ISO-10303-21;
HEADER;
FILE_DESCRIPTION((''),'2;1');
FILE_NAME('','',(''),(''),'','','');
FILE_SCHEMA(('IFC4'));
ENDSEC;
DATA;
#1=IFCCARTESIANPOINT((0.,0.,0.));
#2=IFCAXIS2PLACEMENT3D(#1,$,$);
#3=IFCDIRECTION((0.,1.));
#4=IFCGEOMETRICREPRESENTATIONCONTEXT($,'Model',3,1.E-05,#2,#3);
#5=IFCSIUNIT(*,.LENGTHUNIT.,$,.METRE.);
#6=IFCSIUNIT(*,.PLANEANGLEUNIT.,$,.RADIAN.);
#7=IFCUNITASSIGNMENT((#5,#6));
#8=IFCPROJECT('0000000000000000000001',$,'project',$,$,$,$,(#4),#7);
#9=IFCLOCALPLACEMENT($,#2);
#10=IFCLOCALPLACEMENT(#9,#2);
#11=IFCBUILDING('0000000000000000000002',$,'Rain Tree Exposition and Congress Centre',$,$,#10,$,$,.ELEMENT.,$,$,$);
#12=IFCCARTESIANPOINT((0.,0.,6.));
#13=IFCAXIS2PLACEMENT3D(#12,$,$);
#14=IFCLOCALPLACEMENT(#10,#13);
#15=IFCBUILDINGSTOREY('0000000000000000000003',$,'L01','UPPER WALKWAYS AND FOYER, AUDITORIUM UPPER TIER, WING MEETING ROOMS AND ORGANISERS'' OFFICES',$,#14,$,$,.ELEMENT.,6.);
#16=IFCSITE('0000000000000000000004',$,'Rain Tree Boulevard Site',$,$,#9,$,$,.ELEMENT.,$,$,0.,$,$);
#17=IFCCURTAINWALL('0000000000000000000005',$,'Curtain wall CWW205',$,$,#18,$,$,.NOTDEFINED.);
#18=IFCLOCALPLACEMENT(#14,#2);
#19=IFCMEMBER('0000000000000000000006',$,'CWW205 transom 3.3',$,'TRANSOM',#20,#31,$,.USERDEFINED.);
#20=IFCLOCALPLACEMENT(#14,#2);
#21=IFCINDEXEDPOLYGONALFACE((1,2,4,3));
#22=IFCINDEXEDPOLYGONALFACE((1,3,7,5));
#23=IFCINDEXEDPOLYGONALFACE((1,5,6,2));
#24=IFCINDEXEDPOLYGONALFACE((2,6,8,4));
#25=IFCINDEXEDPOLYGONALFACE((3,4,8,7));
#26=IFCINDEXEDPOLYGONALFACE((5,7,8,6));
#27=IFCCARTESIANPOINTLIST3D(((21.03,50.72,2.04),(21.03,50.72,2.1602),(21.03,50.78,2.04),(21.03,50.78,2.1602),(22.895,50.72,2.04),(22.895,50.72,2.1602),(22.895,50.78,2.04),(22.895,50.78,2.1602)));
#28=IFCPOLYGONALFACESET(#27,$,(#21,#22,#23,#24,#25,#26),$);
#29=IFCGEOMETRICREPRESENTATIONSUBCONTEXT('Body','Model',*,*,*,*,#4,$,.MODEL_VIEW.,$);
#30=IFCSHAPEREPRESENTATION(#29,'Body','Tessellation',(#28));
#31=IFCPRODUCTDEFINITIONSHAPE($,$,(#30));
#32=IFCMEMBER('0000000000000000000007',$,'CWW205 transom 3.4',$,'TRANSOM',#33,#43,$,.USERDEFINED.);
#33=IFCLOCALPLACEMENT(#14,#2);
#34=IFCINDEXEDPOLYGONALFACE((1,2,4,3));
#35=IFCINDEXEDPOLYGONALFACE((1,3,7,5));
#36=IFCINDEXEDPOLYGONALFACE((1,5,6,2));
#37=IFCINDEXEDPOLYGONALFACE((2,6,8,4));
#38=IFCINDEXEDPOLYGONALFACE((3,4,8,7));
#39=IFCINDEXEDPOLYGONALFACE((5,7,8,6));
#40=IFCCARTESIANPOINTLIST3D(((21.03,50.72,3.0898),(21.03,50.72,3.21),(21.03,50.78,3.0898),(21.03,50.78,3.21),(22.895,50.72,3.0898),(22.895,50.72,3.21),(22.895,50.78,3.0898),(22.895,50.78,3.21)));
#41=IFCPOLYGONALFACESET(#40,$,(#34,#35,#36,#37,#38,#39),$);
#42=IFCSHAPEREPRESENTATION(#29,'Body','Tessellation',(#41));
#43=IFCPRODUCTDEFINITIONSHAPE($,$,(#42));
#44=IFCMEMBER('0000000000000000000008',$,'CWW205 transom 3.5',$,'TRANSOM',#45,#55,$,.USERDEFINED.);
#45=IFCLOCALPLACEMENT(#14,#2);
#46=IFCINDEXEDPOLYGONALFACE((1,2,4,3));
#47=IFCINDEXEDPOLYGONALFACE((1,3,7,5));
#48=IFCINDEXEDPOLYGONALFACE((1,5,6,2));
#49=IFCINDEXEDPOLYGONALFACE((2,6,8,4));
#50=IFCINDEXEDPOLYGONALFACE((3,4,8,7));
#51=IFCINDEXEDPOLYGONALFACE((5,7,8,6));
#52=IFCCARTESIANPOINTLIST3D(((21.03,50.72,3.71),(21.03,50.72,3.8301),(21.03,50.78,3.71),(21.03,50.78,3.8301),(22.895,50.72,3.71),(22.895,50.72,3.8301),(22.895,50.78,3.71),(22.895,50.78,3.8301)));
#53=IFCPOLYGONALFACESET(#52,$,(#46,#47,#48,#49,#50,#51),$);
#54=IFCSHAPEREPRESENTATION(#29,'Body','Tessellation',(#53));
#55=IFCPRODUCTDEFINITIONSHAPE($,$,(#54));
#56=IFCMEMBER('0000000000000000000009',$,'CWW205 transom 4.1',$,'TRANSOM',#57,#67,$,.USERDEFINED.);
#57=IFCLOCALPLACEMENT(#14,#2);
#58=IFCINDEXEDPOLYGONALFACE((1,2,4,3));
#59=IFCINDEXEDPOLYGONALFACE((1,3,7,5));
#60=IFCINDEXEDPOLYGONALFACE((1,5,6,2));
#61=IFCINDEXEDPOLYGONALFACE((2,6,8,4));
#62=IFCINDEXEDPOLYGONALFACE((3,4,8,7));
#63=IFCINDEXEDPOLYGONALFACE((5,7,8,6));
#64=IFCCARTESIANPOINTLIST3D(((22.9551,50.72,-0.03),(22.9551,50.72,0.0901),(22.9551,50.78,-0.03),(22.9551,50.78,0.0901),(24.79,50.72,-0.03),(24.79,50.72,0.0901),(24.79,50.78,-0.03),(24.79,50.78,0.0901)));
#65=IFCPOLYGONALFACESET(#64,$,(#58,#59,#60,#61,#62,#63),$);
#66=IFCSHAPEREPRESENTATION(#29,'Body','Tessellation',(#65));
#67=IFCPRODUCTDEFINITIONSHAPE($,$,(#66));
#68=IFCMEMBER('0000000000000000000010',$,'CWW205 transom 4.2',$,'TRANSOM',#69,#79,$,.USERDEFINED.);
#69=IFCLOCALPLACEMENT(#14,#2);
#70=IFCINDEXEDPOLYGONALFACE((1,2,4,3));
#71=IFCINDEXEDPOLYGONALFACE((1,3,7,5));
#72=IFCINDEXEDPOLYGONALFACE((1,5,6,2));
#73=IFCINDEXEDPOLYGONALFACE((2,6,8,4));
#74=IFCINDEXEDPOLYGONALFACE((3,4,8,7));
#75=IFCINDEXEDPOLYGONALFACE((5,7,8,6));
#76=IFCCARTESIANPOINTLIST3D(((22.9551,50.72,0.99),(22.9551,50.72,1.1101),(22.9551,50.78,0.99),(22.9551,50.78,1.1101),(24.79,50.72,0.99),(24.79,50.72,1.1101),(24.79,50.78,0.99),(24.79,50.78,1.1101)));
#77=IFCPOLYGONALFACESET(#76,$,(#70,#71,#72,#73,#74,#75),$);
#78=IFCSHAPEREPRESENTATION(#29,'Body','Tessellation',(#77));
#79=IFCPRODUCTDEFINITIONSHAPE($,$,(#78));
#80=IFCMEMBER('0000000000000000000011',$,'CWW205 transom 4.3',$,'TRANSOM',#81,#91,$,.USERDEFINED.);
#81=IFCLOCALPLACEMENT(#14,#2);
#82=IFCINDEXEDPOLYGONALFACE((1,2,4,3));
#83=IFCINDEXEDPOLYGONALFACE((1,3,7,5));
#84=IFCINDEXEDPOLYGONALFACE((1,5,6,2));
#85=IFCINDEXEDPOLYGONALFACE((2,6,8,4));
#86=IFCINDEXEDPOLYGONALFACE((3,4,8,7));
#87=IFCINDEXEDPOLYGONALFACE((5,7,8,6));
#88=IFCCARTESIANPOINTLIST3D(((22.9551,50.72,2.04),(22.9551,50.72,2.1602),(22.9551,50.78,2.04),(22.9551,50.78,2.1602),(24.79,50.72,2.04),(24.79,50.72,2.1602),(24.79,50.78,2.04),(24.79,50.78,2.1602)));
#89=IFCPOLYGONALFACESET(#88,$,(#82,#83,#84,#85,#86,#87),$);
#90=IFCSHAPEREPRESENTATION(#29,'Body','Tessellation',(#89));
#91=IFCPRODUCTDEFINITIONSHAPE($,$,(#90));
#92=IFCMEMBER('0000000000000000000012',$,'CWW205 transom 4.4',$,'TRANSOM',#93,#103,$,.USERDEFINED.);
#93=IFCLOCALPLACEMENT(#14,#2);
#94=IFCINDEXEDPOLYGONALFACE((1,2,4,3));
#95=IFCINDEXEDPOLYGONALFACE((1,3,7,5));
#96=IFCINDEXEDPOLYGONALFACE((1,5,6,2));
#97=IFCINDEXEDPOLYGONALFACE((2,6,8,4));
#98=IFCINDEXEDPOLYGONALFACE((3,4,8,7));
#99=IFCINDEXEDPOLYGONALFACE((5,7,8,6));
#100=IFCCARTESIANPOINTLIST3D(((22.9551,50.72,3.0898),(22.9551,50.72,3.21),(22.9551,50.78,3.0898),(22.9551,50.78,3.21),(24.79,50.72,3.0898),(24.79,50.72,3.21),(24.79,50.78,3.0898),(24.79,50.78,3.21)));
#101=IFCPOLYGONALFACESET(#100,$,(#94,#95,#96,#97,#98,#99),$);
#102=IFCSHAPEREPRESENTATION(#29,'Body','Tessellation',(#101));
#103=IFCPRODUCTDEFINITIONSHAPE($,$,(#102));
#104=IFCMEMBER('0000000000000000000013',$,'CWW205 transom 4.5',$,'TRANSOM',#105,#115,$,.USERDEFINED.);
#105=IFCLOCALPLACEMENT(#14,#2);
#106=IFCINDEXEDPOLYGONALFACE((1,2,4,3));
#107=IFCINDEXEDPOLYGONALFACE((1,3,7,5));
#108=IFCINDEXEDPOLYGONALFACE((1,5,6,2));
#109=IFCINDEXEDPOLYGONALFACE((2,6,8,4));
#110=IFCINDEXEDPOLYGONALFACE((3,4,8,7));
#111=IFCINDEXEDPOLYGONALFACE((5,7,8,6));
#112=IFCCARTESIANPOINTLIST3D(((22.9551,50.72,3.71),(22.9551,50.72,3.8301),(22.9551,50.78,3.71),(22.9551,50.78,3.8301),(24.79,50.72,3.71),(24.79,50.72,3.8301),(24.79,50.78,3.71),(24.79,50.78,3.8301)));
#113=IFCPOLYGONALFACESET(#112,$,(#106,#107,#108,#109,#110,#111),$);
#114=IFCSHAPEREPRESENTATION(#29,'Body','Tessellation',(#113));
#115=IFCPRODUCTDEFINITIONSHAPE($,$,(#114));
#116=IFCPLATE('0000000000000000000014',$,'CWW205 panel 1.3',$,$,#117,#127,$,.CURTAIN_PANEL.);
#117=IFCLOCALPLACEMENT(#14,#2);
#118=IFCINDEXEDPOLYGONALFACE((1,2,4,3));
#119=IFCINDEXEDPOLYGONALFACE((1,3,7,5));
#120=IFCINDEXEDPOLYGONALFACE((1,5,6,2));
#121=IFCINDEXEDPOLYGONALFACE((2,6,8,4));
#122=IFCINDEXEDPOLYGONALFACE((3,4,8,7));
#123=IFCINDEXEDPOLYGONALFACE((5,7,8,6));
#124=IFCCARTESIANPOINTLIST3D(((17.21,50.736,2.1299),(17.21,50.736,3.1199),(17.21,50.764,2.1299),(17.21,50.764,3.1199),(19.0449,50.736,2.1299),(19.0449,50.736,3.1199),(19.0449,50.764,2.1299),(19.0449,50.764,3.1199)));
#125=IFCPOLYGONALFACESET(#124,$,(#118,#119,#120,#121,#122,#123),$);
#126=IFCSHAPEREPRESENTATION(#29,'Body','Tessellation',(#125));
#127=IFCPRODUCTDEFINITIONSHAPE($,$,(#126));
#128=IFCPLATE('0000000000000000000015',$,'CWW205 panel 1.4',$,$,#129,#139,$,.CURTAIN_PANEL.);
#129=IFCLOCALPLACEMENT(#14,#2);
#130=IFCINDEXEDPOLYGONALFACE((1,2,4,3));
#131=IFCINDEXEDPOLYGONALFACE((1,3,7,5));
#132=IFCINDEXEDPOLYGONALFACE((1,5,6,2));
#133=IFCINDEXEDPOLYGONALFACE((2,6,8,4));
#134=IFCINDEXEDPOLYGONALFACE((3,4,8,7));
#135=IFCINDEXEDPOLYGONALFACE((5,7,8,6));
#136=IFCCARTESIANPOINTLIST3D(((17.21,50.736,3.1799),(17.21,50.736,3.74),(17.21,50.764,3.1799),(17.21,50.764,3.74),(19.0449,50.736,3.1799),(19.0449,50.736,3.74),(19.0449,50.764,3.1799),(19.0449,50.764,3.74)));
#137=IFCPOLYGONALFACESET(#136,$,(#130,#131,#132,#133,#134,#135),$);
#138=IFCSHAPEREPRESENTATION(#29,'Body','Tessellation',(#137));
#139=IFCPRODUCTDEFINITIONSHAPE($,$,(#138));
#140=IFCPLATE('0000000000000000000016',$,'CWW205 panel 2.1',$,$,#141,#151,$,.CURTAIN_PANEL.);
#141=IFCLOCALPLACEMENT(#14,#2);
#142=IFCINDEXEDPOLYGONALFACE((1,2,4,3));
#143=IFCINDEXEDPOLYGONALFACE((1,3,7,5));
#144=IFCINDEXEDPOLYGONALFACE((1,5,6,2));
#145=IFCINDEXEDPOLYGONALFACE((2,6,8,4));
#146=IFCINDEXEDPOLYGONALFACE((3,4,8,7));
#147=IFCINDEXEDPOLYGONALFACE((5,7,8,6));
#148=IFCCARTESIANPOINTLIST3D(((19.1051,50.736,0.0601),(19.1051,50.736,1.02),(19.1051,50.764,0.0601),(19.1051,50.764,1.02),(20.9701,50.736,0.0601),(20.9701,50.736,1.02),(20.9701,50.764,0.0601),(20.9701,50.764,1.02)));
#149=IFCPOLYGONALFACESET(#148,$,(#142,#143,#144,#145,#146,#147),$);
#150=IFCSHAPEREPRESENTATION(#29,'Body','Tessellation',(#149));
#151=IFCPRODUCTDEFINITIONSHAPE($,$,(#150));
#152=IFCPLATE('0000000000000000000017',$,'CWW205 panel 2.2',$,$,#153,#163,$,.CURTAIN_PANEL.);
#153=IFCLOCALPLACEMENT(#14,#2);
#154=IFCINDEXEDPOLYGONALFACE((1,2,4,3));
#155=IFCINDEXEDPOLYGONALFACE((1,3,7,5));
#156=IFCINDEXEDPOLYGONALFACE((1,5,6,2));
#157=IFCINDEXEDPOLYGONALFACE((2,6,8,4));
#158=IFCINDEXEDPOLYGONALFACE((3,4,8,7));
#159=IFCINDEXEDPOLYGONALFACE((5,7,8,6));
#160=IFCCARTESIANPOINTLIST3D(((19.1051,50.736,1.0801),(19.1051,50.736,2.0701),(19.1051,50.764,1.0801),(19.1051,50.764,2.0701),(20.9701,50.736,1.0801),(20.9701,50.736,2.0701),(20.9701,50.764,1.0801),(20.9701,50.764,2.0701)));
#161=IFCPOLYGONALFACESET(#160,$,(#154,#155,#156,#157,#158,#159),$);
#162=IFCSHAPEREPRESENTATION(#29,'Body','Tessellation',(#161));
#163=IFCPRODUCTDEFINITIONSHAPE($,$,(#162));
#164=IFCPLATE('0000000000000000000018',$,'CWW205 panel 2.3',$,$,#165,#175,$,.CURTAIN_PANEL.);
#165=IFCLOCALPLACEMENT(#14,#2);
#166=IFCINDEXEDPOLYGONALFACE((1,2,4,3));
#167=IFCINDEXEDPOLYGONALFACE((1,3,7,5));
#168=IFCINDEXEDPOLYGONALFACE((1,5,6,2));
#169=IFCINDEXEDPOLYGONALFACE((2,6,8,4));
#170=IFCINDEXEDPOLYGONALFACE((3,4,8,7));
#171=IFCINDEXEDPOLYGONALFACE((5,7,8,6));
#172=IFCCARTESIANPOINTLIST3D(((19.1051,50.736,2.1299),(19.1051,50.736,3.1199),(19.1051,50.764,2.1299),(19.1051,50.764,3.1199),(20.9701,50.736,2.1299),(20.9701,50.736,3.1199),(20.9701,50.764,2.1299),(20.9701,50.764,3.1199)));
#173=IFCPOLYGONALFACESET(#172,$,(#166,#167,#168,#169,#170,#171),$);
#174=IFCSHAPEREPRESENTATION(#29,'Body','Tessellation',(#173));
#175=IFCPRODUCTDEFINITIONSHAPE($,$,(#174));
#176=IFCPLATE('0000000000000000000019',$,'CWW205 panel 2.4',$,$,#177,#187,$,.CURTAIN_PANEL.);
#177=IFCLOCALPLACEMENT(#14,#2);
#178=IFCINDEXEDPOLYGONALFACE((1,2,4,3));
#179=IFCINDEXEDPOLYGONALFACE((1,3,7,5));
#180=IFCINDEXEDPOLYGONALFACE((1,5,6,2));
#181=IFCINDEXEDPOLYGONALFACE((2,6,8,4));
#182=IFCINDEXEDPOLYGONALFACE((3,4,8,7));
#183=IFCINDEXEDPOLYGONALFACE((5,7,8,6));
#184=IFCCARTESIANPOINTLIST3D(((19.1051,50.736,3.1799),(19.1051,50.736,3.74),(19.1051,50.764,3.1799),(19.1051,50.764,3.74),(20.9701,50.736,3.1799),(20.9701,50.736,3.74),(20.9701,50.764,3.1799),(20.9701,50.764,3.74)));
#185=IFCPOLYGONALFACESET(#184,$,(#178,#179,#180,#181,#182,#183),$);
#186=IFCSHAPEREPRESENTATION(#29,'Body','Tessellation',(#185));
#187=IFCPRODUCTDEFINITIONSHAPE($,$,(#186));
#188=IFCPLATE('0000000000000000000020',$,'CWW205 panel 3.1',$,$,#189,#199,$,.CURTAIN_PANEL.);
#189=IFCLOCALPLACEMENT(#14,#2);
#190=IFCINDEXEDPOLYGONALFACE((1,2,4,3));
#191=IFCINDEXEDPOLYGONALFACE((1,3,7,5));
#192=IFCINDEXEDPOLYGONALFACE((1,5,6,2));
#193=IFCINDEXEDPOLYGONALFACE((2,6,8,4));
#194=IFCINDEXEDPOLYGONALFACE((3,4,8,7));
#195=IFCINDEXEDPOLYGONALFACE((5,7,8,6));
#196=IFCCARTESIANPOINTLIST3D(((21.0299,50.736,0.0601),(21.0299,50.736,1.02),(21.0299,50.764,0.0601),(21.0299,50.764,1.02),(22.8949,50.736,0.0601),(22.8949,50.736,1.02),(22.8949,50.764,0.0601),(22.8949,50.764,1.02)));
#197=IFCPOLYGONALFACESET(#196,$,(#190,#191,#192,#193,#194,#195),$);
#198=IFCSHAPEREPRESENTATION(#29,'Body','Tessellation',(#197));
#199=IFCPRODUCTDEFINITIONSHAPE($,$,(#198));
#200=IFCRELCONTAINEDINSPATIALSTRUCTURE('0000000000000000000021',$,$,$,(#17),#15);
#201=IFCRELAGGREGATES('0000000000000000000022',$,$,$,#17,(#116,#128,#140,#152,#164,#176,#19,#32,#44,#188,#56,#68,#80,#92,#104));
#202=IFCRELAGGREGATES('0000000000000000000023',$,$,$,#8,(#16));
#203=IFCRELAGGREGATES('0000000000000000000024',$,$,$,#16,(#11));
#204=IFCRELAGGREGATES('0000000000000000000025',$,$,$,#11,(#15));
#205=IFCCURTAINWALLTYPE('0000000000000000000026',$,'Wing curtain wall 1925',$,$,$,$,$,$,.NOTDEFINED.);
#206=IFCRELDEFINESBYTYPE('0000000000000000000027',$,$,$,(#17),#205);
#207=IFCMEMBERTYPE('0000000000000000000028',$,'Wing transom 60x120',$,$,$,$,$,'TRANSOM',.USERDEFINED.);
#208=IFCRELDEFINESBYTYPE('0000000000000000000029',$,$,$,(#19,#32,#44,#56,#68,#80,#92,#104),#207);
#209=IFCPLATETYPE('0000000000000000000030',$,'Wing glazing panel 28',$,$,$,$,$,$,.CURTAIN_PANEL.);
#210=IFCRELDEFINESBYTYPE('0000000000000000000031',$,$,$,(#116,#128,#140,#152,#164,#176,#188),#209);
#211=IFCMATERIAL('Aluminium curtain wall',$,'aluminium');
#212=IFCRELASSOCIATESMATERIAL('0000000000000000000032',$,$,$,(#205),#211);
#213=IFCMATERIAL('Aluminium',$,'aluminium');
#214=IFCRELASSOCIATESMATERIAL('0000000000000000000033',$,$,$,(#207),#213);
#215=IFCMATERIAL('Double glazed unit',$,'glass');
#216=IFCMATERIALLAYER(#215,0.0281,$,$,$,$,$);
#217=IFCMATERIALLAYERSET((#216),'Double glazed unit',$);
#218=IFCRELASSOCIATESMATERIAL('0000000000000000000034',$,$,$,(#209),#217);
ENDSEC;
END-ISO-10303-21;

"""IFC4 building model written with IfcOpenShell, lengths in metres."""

from ifc_helpers import new_model, si_unit, direction, frame, origin, origin_2d, place, context, subcontext, project, spatial, rectangle, extrude, material, layer, layer_set, material_profile, profile_set, type_object, element, aggregate, save


model = new_model("IFC4")

# Units and contexts
model_context = context("Model", 3, precision=1e-05, world=origin(), true_north=direction((0.0, 1.0)))
body_context = subcontext(model_context, "Body", "Model", "MODEL_VIEW")
ifc_project = project(units=[si_unit("LENGTHUNIT", "METRE"), si_unit("PLANEANGLEUNIT", "RADIAN")], contexts=[model_context])

# Site, building, storey
site_placement = place(None, origin())
site = spatial("IfcSite", under=ifc_project, at=site_placement, Name="Rain Tree Boulevard Site", CompositionType="ELEMENT", RefElevation=0.0)
building_placement = place(site_placement, origin())
building = spatial("IfcBuilding", under=site, at=building_placement, Name="Rain Tree Exposition and Congress Centre", CompositionType="ELEMENT")
storey_placement = place(building_placement, frame((0.0, 0.0, 6.0)))
storey = spatial("IfcBuildingStorey", under=building, at=storey_placement, Name="L01", Description="UPPER WALKWAYS AND FOYER, AUDITORIUM UPPER TIER, WING MEETING ROOMS AND ORGANISERS' OFFICES", CompositionType="ELEMENT", Elevation=6.0)

# Curtain wall, members, plates
ifc_material_1 = material(Name="Aluminium curtain wall", Category="aluminium")
curtain_wall_type = type_object("IfcCurtainWallType", Name="Wing curtain wall 1925", PredefinedType="NOTDEFINED", material=ifc_material_1)
curtain_wall_placement = place(storey_placement, origin())
curtain_wall = element("IfcCurtainWall", 1, at=curtain_wall_placement, inside=storey, type_object=curtain_wall_type, Name="Curtain wall CWW205", PredefinedType="NOTDEFINED")
ifc_material_2 = material(Name="Aluminium", Category="aluminium")
ifc_material_profile_1 = material_profile(ifc_material_2, rectangle(XDim=0.0601, YDim=0.1201, at=origin_2d()), Name="Aluminium 60x120")
ifc_profile_set_1 = profile_set([ifc_material_profile_1], Name="Aluminium")
member_type_1 = type_object("IfcMemberType", Name="Wing transom 60x120", ElementType="TRANSOM", PredefinedType="USERDEFINED", material=ifc_profile_set_1)
member_1_placement = place(storey_placement, frame((21.03, 50.75, 2.1001), z_axis=(1.0, 0.0, 0.0), x_axis=(0.0, 1.0, 0.0)))
member_1 = element("IfcMember", 2, at=member_1_placement, type_object=member_type_1, Name="CWW205 transom 3.3", ObjectType="TRANSOM", PredefinedType="USERDEFINED", context=body_context, shape_type="SweptSolid", body=[
    extrude(rectangle(XDim=0.0601, YDim=0.1201, at=origin_2d()), origin(), (0.0, 0.0, 1.0), 1.865),
])
member_2_placement = place(storey_placement, frame((21.03, 50.75, 3.1499), z_axis=(1.0, 0.0, 0.0), x_axis=(0.0, 1.0, 0.0)))
member_2 = element("IfcMember", 3, at=member_2_placement, type_object=member_type_1, Name="CWW205 transom 3.4", ObjectType="TRANSOM", PredefinedType="USERDEFINED", context=body_context, shape_type="SweptSolid", body=[
    extrude(rectangle(XDim=0.0601, YDim=0.1201, at=origin_2d()), origin(), (0.0, 0.0, 1.0), 1.865),
])
member_3_placement = place(storey_placement, frame((21.03, 50.75, 3.77), z_axis=(1.0, 0.0, 0.0), x_axis=(0.0, 1.0, 0.0)))
member_3 = element("IfcMember", 4, at=member_3_placement, type_object=member_type_1, Name="CWW205 transom 3.5", ObjectType="TRANSOM", PredefinedType="USERDEFINED", context=body_context, shape_type="SweptSolid", body=[
    extrude(rectangle(XDim=0.0601, YDim=0.1201, at=origin_2d()), origin(), (0.0, 0.0, 1.0), 1.865),
])
member_4_placement = place(storey_placement, frame((22.9551, 50.75, 0.03), z_axis=(1.0, 0.0, 0.0), x_axis=(0.0, 1.0, 0.0)))
member_4 = element("IfcMember", 5, at=member_4_placement, type_object=member_type_1, Name="CWW205 transom 4.1", ObjectType="TRANSOM", PredefinedType="USERDEFINED", context=body_context, shape_type="SweptSolid", body=[
    extrude(rectangle(XDim=0.0601, YDim=0.1201, at=origin_2d()), origin(), (0.0, 0.0, 1.0), 1.835),
])
member_5_placement = place(storey_placement, frame((22.9551, 50.75, 1.05), z_axis=(1.0, 0.0, 0.0), x_axis=(0.0, 1.0, 0.0)))
member_5 = element("IfcMember", 6, at=member_5_placement, type_object=member_type_1, Name="CWW205 transom 4.2", ObjectType="TRANSOM", PredefinedType="USERDEFINED", context=body_context, shape_type="SweptSolid", body=[
    extrude(rectangle(XDim=0.0601, YDim=0.1201, at=origin_2d()), origin(), (0.0, 0.0, 1.0), 1.835),
])
member_6_placement = place(storey_placement, frame((22.9551, 50.75, 2.1001), z_axis=(1.0, 0.0, 0.0), x_axis=(0.0, 1.0, 0.0)))
member_6 = element("IfcMember", 7, at=member_6_placement, type_object=member_type_1, Name="CWW205 transom 4.3", ObjectType="TRANSOM", PredefinedType="USERDEFINED", context=body_context, shape_type="SweptSolid", body=[
    extrude(rectangle(XDim=0.0601, YDim=0.1201, at=origin_2d()), origin(), (0.0, 0.0, 1.0), 1.835),
])
member_7_placement = place(storey_placement, frame((22.9551, 50.75, 3.1499), z_axis=(1.0, 0.0, 0.0), x_axis=(0.0, 1.0, 0.0)))
member_7 = element("IfcMember", 8, at=member_7_placement, type_object=member_type_1, Name="CWW205 transom 4.4", ObjectType="TRANSOM", PredefinedType="USERDEFINED", context=body_context, shape_type="SweptSolid", body=[
    extrude(rectangle(XDim=0.0601, YDim=0.1201, at=origin_2d()), origin(), (0.0, 0.0, 1.0), 1.835),
])
member_8_placement = place(storey_placement, frame((22.9551, 50.75, 3.77), z_axis=(1.0, 0.0, 0.0), x_axis=(0.0, 1.0, 0.0)))
member_8 = element("IfcMember", 9, at=member_8_placement, type_object=member_type_1, Name="CWW205 transom 4.5", ObjectType="TRANSOM", PredefinedType="USERDEFINED", context=body_context, shape_type="SweptSolid", body=[
    extrude(rectangle(XDim=0.0601, YDim=0.1201, at=origin_2d()), origin(), (0.0, 0.0, 1.0), 1.835),
])
ifc_material_3 = material(Name="Double glazed unit", Category="glass")
ifc_layer_1 = layer(ifc_material_3, 0.0281)
ifc_layer_set_1 = layer_set([ifc_layer_1], Name="Double glazed unit")
plate_type = type_object("IfcPlateType", Name="Wing glazing panel 28", PredefinedType="CURTAIN_PANEL", material=ifc_layer_set_1)
plate_1_placement = place(storey_placement, frame((18.1274, 50.75, 2.1299), z_axis=(0.0, 0.0, 1.0), x_axis=(1.0, 0.0, 0.0)))
plate_1 = element("IfcPlate", 10, at=plate_1_placement, type_object=plate_type, Name="CWW205 panel 1.3", PredefinedType="CURTAIN_PANEL", context=body_context, shape_type="SweptSolid", body=[
    extrude(rectangle(XDim=1.835, YDim=0.0281, at=origin_2d()), origin(), (0.0, 0.0, 1.0), 0.99),
])
plate_2_placement = place(storey_placement, frame((18.1274, 50.75, 3.1799), z_axis=(0.0, 0.0, 1.0), x_axis=(1.0, 0.0, 0.0)))
plate_2 = element("IfcPlate", 11, at=plate_2_placement, type_object=plate_type, Name="CWW205 panel 1.4", PredefinedType="CURTAIN_PANEL", context=body_context, shape_type="SweptSolid", body=[
    extrude(rectangle(XDim=1.835, YDim=0.0281, at=origin_2d()), origin(), (0.0, 0.0, 1.0), 0.5601),
])
plate_3_placement = place(storey_placement, frame((20.0376, 50.75, 0.0601), z_axis=(0.0, 0.0, 1.0), x_axis=(1.0, 0.0, 0.0)))
plate_3 = element("IfcPlate", 12, at=plate_3_placement, type_object=plate_type, Name="CWW205 panel 2.1", PredefinedType="CURTAIN_PANEL", context=body_context, shape_type="SweptSolid", body=[
    extrude(rectangle(XDim=1.865, YDim=0.0281, at=origin_2d()), origin(), (0.0, 0.0, 1.0), 0.96),
])
plate_4_placement = place(storey_placement, frame((20.0376, 50.75, 1.0801), z_axis=(0.0, 0.0, 1.0), x_axis=(1.0, 0.0, 0.0)))
plate_4 = element("IfcPlate", 13, at=plate_4_placement, type_object=plate_type, Name="CWW205 panel 2.2", PredefinedType="CURTAIN_PANEL", context=body_context, shape_type="SweptSolid", body=[
    extrude(rectangle(XDim=1.865, YDim=0.0281, at=origin_2d()), origin(), (0.0, 0.0, 1.0), 0.99),
])
plate_5_placement = place(storey_placement, frame((20.0376, 50.75, 2.1299), z_axis=(0.0, 0.0, 1.0), x_axis=(1.0, 0.0, 0.0)))
plate_5 = element("IfcPlate", 14, at=plate_5_placement, type_object=plate_type, Name="CWW205 panel 2.3", PredefinedType="CURTAIN_PANEL", context=body_context, shape_type="SweptSolid", body=[
    extrude(rectangle(XDim=1.865, YDim=0.0281, at=origin_2d()), origin(), (0.0, 0.0, 1.0), 0.99),
])
plate_6_placement = place(storey_placement, frame((20.0376, 50.75, 3.1799), z_axis=(0.0, 0.0, 1.0), x_axis=(1.0, 0.0, 0.0)))
plate_6 = element("IfcPlate", 15, at=plate_6_placement, type_object=plate_type, Name="CWW205 panel 2.4", PredefinedType="CURTAIN_PANEL", context=body_context, shape_type="SweptSolid", body=[
    extrude(rectangle(XDim=1.865, YDim=0.0281, at=origin_2d()), origin(), (0.0, 0.0, 1.0), 0.5601),
])
plate_7_placement = place(storey_placement, frame((21.9624, 50.75, 0.0601), z_axis=(0.0, 0.0, 1.0), x_axis=(1.0, 0.0, 0.0)))
plate_7 = element("IfcPlate", 16, at=plate_7_placement, type_object=plate_type, Name="CWW205 panel 3.1", PredefinedType="CURTAIN_PANEL", context=body_context, shape_type="SweptSolid", body=[
    extrude(rectangle(XDim=1.865, YDim=0.0281, at=origin_2d()), origin(), (0.0, 0.0, 1.0), 0.96),
])
aggregate(curtain_wall, [plate_1, plate_2, plate_3, plate_4, plate_5, plate_6, member_1, member_2, member_3, plate_7, member_4, member_5, member_6, member_7, member_8])

save(model, "model.ifc")
